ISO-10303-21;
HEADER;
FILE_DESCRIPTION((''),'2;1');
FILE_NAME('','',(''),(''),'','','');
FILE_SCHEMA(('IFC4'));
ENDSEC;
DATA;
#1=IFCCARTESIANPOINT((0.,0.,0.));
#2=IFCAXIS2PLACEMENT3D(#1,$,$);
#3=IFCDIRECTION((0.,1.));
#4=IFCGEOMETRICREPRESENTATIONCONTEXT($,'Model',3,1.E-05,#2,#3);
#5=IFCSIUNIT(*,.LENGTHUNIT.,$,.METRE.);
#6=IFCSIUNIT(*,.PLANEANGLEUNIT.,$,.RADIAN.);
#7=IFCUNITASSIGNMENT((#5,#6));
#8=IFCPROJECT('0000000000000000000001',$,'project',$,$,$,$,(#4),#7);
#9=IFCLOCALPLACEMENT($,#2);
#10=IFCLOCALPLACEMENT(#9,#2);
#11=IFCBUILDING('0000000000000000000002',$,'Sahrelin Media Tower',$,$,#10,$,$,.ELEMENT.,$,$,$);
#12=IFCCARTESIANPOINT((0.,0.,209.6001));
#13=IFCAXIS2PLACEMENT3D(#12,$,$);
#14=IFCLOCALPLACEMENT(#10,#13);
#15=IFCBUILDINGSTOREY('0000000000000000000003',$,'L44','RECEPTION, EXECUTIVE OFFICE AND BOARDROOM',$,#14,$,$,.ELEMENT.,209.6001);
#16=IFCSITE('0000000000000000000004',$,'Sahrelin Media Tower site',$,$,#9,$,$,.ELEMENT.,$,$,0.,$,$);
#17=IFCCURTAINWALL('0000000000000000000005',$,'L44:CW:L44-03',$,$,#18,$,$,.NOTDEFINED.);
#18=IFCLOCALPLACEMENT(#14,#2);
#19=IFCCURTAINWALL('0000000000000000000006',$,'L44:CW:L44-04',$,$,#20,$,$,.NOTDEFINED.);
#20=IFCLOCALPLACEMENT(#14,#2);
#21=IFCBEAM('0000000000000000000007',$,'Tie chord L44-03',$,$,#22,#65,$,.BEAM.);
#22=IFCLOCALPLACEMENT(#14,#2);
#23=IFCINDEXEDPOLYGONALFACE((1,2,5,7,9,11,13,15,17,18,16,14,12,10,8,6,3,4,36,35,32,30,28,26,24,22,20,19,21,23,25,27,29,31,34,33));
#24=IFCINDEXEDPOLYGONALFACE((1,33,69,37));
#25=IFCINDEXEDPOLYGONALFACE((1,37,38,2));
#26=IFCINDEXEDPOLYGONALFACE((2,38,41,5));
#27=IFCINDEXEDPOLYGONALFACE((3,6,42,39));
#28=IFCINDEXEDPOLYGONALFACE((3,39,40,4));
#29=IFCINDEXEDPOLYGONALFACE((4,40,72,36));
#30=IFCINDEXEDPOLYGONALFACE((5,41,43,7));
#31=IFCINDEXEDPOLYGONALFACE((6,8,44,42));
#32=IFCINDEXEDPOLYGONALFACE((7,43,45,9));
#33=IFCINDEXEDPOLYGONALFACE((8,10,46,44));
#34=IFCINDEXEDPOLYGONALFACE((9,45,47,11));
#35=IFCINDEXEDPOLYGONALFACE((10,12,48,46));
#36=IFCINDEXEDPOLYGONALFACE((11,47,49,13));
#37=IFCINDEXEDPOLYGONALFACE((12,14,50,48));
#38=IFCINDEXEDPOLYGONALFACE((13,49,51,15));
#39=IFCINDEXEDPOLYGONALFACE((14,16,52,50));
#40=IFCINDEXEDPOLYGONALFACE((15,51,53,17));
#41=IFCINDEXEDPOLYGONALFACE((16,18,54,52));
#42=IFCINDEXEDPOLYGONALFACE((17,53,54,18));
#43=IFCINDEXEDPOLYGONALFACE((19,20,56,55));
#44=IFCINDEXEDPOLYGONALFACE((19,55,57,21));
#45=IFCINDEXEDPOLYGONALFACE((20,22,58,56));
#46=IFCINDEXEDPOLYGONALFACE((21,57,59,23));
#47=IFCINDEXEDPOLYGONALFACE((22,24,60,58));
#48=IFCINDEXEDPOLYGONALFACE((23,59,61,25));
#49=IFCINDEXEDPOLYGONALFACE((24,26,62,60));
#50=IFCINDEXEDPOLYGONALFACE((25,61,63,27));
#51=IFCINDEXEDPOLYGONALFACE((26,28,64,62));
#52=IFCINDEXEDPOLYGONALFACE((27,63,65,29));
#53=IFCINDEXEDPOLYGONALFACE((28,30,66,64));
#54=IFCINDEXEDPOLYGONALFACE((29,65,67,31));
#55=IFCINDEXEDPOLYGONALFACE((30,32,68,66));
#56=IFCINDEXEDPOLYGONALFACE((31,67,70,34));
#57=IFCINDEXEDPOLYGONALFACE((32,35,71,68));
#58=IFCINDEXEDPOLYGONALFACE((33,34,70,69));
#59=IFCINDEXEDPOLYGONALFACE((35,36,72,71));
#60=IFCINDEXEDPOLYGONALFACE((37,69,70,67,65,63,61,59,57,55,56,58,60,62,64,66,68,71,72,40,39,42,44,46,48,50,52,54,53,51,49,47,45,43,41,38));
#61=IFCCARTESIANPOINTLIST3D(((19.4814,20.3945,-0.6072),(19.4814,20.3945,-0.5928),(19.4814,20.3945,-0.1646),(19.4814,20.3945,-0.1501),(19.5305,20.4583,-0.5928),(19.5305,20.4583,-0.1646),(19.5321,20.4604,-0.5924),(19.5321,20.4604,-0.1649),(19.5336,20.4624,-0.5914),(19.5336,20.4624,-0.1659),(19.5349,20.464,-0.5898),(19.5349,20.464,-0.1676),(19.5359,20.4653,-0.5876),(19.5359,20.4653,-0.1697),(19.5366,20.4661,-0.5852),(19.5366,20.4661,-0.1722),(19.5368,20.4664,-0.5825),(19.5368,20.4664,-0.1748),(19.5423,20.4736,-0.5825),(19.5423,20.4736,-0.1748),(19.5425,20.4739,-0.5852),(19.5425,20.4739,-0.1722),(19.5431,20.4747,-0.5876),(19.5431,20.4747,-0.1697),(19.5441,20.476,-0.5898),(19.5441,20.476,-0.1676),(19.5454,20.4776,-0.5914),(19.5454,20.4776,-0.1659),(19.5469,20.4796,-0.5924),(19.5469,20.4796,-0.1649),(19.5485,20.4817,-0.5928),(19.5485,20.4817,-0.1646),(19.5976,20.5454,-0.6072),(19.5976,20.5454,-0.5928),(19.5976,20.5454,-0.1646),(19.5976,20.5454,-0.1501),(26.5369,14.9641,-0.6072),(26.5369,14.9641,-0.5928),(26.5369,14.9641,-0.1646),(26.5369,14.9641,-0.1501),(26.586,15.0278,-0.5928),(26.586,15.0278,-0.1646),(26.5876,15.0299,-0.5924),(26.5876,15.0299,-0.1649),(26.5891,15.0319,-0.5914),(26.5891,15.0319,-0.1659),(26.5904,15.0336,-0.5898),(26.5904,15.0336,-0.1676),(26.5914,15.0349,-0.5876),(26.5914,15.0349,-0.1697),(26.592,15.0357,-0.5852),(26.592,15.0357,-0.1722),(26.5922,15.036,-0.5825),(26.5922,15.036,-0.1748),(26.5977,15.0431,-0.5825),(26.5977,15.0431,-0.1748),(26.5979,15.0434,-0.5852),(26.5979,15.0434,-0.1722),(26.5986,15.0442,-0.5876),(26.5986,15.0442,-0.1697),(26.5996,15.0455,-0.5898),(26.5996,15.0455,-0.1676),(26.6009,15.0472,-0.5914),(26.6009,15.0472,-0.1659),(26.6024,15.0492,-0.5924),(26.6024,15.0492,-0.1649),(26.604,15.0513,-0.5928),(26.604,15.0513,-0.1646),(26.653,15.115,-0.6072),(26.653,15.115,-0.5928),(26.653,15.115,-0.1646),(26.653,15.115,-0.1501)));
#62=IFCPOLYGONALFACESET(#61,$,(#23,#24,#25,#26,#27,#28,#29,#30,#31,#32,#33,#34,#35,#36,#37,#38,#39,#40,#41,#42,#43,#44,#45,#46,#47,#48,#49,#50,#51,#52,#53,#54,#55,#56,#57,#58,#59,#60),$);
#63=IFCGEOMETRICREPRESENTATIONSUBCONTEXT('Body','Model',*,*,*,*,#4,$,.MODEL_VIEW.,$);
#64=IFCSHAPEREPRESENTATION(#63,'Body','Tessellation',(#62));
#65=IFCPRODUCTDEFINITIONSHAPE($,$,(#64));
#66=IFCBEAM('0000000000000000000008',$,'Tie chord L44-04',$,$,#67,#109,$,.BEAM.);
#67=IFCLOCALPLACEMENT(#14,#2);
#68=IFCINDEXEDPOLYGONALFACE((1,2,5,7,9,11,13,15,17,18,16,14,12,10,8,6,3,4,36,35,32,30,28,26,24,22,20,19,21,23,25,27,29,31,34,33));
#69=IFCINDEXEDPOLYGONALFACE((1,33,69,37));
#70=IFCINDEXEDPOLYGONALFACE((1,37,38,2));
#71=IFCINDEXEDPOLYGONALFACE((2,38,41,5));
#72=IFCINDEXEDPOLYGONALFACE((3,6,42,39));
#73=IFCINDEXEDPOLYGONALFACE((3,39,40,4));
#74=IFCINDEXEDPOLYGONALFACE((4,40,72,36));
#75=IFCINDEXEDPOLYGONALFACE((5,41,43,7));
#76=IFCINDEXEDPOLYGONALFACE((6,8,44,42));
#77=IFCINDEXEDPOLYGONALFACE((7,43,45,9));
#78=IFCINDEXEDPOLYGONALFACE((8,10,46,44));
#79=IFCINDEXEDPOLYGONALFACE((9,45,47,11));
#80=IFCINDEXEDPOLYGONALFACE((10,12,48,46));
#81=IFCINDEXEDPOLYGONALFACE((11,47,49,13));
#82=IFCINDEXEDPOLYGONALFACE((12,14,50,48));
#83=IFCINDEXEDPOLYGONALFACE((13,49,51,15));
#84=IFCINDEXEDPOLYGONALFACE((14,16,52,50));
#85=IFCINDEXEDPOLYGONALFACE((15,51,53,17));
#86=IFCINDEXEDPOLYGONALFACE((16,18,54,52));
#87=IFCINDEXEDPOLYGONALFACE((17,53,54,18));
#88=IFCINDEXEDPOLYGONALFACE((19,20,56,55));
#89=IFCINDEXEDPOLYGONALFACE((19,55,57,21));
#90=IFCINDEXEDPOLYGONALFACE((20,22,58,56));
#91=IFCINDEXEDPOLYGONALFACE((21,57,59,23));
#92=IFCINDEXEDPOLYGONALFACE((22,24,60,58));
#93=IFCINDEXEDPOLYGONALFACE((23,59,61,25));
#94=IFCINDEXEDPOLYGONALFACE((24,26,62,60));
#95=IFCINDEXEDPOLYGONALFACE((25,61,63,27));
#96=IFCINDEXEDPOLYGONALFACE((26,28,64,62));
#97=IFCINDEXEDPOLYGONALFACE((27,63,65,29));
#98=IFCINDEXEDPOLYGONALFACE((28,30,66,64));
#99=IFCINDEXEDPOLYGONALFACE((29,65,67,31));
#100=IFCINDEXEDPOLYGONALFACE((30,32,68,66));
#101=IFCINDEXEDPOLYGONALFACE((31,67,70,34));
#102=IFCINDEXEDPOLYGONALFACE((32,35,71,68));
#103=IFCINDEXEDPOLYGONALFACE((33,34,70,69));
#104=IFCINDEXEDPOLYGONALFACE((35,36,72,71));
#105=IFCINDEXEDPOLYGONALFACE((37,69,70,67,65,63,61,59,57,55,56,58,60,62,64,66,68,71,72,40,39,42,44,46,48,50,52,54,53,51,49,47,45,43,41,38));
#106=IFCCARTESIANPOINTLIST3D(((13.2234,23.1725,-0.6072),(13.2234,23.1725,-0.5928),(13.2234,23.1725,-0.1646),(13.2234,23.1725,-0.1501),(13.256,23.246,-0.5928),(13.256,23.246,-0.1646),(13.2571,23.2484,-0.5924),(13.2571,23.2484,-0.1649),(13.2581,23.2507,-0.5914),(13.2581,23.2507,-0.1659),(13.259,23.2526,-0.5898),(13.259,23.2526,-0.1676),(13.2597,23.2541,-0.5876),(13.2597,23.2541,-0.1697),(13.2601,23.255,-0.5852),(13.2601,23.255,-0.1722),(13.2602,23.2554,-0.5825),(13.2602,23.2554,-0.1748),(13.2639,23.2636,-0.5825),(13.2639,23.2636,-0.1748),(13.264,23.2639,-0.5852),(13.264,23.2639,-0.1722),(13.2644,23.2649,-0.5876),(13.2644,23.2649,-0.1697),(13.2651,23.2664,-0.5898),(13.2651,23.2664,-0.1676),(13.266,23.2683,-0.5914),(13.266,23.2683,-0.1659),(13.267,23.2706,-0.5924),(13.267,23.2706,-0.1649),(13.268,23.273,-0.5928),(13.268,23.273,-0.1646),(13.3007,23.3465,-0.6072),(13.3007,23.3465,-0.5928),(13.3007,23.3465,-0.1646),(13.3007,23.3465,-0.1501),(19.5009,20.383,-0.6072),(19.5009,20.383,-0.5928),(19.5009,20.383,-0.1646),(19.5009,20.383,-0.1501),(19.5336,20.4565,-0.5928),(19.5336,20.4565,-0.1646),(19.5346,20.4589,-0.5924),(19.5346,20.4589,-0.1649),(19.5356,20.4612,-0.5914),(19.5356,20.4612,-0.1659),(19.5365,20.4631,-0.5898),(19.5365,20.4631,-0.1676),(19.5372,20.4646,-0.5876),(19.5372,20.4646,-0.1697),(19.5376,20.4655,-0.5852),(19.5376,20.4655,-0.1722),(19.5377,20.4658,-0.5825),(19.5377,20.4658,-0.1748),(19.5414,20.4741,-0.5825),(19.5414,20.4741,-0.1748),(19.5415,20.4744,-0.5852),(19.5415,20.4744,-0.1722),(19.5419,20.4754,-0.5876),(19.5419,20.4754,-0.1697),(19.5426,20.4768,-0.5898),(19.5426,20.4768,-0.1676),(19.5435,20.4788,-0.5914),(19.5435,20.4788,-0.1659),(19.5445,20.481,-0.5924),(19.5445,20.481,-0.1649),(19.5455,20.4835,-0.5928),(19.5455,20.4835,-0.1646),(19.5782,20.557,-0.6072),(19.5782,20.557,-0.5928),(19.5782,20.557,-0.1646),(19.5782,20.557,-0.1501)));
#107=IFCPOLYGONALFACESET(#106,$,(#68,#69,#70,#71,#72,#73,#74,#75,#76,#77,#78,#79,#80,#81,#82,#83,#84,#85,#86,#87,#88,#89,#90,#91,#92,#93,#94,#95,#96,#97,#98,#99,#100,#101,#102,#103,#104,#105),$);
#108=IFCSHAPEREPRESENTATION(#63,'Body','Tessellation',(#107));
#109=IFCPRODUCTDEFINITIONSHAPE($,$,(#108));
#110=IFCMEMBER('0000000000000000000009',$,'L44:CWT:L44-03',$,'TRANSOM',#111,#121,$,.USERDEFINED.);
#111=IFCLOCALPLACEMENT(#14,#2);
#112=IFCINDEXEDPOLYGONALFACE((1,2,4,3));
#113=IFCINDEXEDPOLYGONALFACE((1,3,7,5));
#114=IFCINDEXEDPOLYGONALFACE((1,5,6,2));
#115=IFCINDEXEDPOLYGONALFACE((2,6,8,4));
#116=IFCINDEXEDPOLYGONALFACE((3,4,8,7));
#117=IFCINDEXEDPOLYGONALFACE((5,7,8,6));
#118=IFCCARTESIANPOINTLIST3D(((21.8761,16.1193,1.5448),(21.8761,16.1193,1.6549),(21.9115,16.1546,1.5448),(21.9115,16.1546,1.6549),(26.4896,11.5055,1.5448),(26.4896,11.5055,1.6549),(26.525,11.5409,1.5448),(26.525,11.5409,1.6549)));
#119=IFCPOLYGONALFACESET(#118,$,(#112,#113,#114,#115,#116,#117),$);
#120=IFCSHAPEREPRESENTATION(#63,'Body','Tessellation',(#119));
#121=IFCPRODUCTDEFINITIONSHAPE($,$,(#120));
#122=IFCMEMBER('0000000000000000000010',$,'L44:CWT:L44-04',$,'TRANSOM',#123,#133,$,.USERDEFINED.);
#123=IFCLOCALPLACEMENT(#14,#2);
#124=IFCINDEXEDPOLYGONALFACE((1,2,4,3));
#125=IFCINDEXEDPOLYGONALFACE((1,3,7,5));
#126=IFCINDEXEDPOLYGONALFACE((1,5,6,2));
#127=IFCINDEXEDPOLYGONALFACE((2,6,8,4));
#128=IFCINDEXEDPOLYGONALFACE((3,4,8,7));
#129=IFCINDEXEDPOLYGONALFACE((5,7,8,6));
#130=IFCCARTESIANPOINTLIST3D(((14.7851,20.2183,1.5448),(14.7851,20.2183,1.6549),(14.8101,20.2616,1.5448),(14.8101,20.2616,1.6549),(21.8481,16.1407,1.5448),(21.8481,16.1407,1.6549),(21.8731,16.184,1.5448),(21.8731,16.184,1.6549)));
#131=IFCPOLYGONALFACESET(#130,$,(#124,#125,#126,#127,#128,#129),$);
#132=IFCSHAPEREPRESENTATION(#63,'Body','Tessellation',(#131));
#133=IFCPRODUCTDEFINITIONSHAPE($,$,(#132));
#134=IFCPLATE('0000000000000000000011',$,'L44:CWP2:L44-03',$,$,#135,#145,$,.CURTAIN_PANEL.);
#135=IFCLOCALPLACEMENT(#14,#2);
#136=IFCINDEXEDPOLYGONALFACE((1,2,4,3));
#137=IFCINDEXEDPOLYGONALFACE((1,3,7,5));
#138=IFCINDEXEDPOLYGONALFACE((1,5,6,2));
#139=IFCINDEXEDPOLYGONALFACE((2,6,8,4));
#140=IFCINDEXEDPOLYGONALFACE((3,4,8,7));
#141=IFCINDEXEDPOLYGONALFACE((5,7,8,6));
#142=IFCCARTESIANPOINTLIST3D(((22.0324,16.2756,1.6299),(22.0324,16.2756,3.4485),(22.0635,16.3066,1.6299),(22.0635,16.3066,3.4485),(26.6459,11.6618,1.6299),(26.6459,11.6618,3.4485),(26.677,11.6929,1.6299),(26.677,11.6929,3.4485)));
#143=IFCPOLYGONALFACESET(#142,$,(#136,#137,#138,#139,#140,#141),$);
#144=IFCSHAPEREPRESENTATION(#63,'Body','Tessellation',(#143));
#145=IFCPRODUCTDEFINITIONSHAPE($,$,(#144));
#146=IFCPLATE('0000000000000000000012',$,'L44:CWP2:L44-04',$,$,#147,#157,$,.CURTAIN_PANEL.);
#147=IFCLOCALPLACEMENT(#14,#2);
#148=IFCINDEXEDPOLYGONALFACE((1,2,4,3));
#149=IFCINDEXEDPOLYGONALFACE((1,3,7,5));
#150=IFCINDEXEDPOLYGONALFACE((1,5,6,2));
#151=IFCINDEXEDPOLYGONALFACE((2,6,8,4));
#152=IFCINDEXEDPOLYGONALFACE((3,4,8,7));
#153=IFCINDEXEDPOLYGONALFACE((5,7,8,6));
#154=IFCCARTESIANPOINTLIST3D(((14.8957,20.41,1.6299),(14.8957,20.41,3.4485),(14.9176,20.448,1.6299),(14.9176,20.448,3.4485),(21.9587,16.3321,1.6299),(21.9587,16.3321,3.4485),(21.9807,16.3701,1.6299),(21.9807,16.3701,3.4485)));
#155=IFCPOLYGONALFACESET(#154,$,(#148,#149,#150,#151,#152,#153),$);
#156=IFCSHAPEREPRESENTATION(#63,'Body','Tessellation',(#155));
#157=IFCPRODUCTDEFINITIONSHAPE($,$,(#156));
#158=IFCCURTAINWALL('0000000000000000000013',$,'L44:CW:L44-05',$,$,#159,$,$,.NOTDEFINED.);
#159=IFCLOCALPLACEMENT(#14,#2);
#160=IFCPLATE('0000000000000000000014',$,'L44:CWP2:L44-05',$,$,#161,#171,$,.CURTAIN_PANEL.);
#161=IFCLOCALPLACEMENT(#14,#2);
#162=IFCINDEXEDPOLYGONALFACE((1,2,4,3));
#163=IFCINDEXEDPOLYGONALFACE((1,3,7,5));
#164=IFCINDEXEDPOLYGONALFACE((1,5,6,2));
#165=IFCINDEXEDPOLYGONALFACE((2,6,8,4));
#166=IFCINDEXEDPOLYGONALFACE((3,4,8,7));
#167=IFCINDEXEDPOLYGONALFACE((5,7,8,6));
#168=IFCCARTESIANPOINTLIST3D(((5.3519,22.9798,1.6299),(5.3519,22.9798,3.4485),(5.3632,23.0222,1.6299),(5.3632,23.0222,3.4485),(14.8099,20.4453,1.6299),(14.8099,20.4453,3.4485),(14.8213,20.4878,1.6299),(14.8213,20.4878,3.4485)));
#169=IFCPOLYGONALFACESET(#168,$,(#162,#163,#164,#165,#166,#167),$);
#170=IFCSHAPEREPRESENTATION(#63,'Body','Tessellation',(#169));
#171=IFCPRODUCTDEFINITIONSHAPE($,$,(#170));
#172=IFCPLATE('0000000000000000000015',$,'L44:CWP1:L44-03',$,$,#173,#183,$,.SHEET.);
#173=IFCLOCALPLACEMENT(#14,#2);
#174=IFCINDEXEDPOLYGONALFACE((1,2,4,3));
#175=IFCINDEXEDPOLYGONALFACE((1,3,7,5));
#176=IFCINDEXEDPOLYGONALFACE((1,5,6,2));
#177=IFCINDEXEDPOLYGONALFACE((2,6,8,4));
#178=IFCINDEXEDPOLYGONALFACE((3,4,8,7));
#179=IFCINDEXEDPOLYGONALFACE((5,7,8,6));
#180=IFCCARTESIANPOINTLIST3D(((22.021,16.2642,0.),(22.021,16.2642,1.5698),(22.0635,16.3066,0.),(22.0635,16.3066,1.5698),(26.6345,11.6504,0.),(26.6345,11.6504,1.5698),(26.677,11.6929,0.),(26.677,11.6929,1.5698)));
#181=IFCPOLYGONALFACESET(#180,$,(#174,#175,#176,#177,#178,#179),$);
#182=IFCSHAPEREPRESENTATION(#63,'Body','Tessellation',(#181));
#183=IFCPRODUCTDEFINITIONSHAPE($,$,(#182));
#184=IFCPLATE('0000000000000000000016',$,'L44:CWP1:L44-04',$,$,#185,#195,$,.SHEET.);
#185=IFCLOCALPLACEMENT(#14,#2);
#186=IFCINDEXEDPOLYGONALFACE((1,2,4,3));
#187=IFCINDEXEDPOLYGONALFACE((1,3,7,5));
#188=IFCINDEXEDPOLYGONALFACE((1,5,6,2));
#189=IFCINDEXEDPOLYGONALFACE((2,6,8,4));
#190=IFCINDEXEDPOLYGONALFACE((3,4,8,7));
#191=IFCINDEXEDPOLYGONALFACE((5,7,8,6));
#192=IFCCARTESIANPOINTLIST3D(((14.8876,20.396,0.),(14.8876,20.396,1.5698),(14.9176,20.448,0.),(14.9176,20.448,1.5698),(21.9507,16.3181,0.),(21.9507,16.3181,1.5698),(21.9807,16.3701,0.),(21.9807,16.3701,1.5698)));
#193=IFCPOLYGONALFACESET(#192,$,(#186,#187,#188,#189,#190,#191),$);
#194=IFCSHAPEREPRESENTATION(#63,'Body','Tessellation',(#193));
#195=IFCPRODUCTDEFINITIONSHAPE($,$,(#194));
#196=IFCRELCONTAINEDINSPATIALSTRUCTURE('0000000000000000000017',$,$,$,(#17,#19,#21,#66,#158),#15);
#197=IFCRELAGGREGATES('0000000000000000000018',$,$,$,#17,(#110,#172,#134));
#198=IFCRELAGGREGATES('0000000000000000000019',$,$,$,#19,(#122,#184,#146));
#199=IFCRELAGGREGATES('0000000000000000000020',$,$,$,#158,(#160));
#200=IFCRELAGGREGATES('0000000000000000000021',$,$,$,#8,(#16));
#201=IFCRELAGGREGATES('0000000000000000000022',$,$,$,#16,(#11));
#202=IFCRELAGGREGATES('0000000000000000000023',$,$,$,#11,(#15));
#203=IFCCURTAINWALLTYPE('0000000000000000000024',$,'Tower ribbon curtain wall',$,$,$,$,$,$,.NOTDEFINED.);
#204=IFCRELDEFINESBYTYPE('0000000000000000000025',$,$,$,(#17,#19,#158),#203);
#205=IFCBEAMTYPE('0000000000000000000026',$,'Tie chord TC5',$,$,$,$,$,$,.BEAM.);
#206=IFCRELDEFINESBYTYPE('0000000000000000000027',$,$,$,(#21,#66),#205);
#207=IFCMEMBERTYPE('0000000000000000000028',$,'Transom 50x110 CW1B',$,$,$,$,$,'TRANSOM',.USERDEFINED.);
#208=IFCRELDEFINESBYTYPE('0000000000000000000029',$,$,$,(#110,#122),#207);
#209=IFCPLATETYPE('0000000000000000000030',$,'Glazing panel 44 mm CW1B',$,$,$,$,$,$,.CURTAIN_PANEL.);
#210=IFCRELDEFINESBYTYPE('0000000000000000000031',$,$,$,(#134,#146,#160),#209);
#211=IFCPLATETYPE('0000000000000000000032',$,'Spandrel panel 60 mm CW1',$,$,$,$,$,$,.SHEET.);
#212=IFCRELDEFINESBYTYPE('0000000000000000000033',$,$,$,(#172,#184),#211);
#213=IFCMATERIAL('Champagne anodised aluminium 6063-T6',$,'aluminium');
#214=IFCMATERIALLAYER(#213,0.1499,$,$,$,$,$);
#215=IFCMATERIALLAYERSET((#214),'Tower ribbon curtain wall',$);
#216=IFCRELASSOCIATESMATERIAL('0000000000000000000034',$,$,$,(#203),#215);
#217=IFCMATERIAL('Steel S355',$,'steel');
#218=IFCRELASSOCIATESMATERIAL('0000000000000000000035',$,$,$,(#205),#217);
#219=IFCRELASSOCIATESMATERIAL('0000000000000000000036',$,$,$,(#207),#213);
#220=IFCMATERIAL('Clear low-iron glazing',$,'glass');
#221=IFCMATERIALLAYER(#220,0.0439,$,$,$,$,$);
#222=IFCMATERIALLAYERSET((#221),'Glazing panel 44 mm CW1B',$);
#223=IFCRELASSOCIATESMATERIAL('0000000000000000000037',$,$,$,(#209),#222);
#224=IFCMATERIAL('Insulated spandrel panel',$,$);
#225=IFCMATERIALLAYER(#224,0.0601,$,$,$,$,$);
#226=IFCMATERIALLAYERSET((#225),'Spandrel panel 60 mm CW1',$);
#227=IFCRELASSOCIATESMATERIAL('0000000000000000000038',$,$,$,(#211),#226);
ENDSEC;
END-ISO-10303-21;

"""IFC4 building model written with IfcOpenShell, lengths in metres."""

from ifc_helpers import new_model, si_unit, direction, frame, origin, origin_2d, place, context, subcontext, project, spatial, polyline, rectangle, i_section, outline, extrude, material, layer, layer_set, material_profile, profile_set, type_object, element, aggregate, save


model = new_model("IFC4")

# Units and contexts
model_context = context("Model", 3, precision=1e-05, world=origin(), true_north=direction((0.0, 1.0)))
body_context = subcontext(model_context, "Body", "Model", "MODEL_VIEW")
ifc_project = project(units=[si_unit("LENGTHUNIT", "METRE"), si_unit("PLANEANGLEUNIT", "RADIAN")], contexts=[model_context])

# Site, building, storey
site_placement = place(None, origin())
site = spatial("IfcSite", under=ifc_project, at=site_placement, Name="Sahrelin Media Tower site", CompositionType="ELEMENT", RefElevation=0.0)
building_placement = place(site_placement, origin())
building = spatial("IfcBuilding", under=site, at=building_placement, Name="Sahrelin Media Tower", CompositionType="ELEMENT")
storey_placement = place(building_placement, frame((0.0, 0.0, 209.6001)))
storey = spatial("IfcBuildingStorey", under=building, at=storey_placement, Name="L44", Description="RECEPTION, EXECUTIVE OFFICE AND BOARDROOM", CompositionType="ELEMENT", Elevation=209.6001)

# Shared definitions
ifc_material_1 = material(Name="Steel S355", Category="steel")

# Curtain walls
ifc_material_2 = material(Name="Champagne anodised aluminium 6063-T6", Category="aluminium")
ifc_layer_1 = layer(ifc_material_2, 0.1499)
ifc_layer_set_1 = layer_set([ifc_layer_1], Name="Tower ribbon curtain wall")
curtain_wall_type = type_object("IfcCurtainWallType", Name="Tower ribbon curtain wall", PredefinedType="NOTDEFINED", material=ifc_layer_set_1)
curtain_wall_1_placement = place(storey_placement, frame((24.3562, 13.9856, 0.0), z_axis=(0.0, 0.0, 1.0), x_axis=(1.0, 0.0, 0.0)))
curtain_wall_1 = element("IfcCurtainWall", 1, at=curtain_wall_1_placement, inside=storey, type_object=curtain_wall_type, Name="L44:CW:L44-03", PredefinedType="NOTDEFINED")
curtain_wall_2_placement = place(storey_placement, frame((18.4392, 18.3916, 0.0), z_axis=(0.0, 0.0, 1.0), x_axis=(1.0, 0.0, 0.0)))
curtain_wall_2 = element("IfcCurtainWall", 2, at=curtain_wall_2_placement, inside=storey, type_object=curtain_wall_type, Name="L44:CW:L44-04", PredefinedType="NOTDEFINED")

# Beams
ifc_material_profile_1 = material_profile(ifc_material_1, i_section(OverallWidth=0.1904, OverallDepth=0.457, WebThickness=0.009, FlangeThickness=0.0144, FilletRadius=0.0103, at=origin_2d()), Name="UB 457x191x74")
ifc_profile_set_1 = profile_set([ifc_material_profile_1], Name="Steel S355")
beam_type_1 = type_object("IfcBeamType", Name="Tie chord TC5", PredefinedType="BEAM", material=ifc_profile_set_1)
beam_1_placement = place(storey_placement, frame((26.595, 15.0396, -0.3787), z_axis=(-0.792452, 0.609935, 0.0), x_axis=(-0.609935, -0.792452, 0.0)))
element("IfcBeam", 3, at=beam_1_placement, inside=storey, type_object=beam_type_1, Name="Tie chord L44-03", PredefinedType="BEAM", context=body_context, shape_type="SweptSolid", body=[
    extrude(i_section(OverallWidth=0.1904, OverallDepth=0.457, WebThickness=0.009, FlangeThickness=0.0144, FilletRadius=0.0103, at=origin_2d()), origin(), (0.0, 0.0, 1.0), 8.9033),
])
beam_2_placement = place(storey_placement, frame((19.5396, 20.47, -0.3787), z_axis=(-0.913838, 0.406079, 0.0), x_axis=(-0.406079, -0.913838, 0.0)))
element("IfcBeam", 4, at=beam_2_placement, inside=storey, type_object=beam_type_1, Name="Tie chord L44-04", PredefinedType="BEAM", context=body_context, shape_type="SweptSolid", body=[
    extrude(i_section(OverallWidth=0.1904, OverallDepth=0.457, WebThickness=0.009, FlangeThickness=0.0144, FilletRadius=0.0103, at=origin_2d()), origin(), (0.0, 0.0, 1.0), 6.8694),
])

# Members
ifc_material_profile_2 = material_profile(ifc_material_2, rectangle(XDim=0.05, YDim=0.1101, at=origin_2d()), Name="Transom 50x110")
ifc_profile_set_2 = profile_set([ifc_material_profile_2], Name="Champagne anodised aluminium 6063-T6")
member_type_1 = type_object("IfcMemberType", Name="Transom 50x110 CW1B", ElementType="TRANSOM", PredefinedType="USERDEFINED", material=ifc_profile_set_2)
member_1_placement = place(storey_placement, frame((26.5073, 11.5232, 1.5999), z_axis=(-0.707088, 0.707125, 0.0), x_axis=(-0.707125, -0.707088, 0.0)))
member_1 = element("IfcMember", 5, at=member_1_placement, type_object=member_type_1, Name="L44:CWT:L44-03", ObjectType="TRANSOM", PredefinedType="USERDEFINED", context=body_context, shape_type="SweptSolid", body=[
    extrude(rectangle(XDim=0.05, YDim=0.1101, at=origin_2d()), origin(), (0.0, 0.0, 1.0), 6.5247),
])
member_2_placement = place(storey_placement, frame((21.8606, 16.1624, 1.5999), z_axis=(-0.866035, 0.499983, 0.0), x_axis=(-0.499983, -0.866035, 0.0)))
member_2 = element("IfcMember", 6, at=member_2_placement, type_object=member_type_1, Name="L44:CWT:L44-04", ObjectType="TRANSOM", PredefinedType="USERDEFINED", context=body_context, shape_type="SweptSolid", body=[
    extrude(rectangle(XDim=0.05, YDim=0.1101, at=origin_2d()), origin(), (0.0, 0.0, 1.0), 8.1555),
])

# Plates
ifc_material_3 = material(Name="Clear low-iron glazing", Category="glass")
ifc_layer_2 = layer(ifc_material_3, 0.0439)
ifc_layer_set_2 = layer_set([ifc_layer_2], Name="Glazing panel 44 mm CW1B")
plate_type_1 = type_object("IfcPlateType", Name="Glazing panel 44 mm CW1B", PredefinedType="CURTAIN_PANEL", material=ifc_layer_set_2)
plate_1_placement = place(storey_placement, frame((26.677, 11.6929, 1.6299), z_axis=(0.707125, 0.707088, 0.0), x_axis=(-0.707088, 0.707125, 0.0)))
plate_1 = element("IfcPlate", 7, at=plate_1_placement, type_object=plate_type_1, Name="L44:CWP2:L44-03", PredefinedType="CURTAIN_PANEL", context=body_context, shape_type="SweptSolid", body=[
    extrude(outline(polyline([(0.0, 0.0), (6.5247, 0.0), (6.5247, 1.8186), (0.0, 1.8186), (0.0, 0.0)])), origin(), (0.0, 0.0, -1.0), 0.0439),
])
plate_2_placement = place(storey_placement, frame((21.9807, 16.3701, 1.6299), z_axis=(0.500006, 0.866022, 0.0), x_axis=(-0.866022, 0.500006, 0.0)))
plate_2 = element("IfcPlate", 8, at=plate_2_placement, type_object=plate_type_1, Name="L44:CWP2:L44-04", PredefinedType="CURTAIN_PANEL", context=body_context, shape_type="SweptSolid", body=[
    extrude(outline(polyline([(0.0, 0.0), (8.1558, 0.0), (8.1558, 1.8186), (0.0, 1.8186), (0.0, 0.0)])), origin(), (0.0, 0.0, -1.0), 0.0439),
])

# Curtain wall, plate
curtain_wall_3_placement = place(storey_placement, frame((10.0872, 21.7356, 0.0), z_axis=(0.0, 0.0, 1.0), x_axis=(1.0, 0.0, 0.0)))
curtain_wall_3 = element("IfcCurtainWall", 9, at=curtain_wall_3_placement, inside=storey, type_object=curtain_wall_type, Name="L44:CW:L44-05", PredefinedType="NOTDEFINED")
plate_3_placement = place(storey_placement, frame((14.8213, 20.4878, 1.6299), z_axis=(0.258834, 0.965922, 0.0), x_axis=(-0.965922, 0.258834, 0.0)))
plate_3 = element("IfcPlate", 10, at=plate_3_placement, type_object=plate_type_1, Name="L44:CWP2:L44-05", PredefinedType="CURTAIN_PANEL", context=body_context, shape_type="SweptSolid", body=[
    extrude(outline(polyline([(0.0, 0.0), (9.7917, 0.0), (9.7917, 1.8186), (0.0, 1.8186), (0.0, 0.0)])), origin(), (0.0, 0.0, -1.0), 0.0439),
])

# Plates
ifc_material_4 = material(Name="Insulated spandrel panel")
ifc_layer_3 = layer(ifc_material_4, 0.0601)
ifc_layer_set_3 = layer_set([ifc_layer_3], Name="Spandrel panel 60 mm CW1")
plate_type_2 = type_object("IfcPlateType", Name="Spandrel panel 60 mm CW1", PredefinedType="SHEET", material=ifc_layer_set_3)
plate_4_placement = place(storey_placement, frame((26.677, 11.6929, 0.0), z_axis=(0.707125, 0.707088, 0.0), x_axis=(-0.707088, 0.707125, 0.0)))
plate_4 = element("IfcPlate", 11, at=plate_4_placement, type_object=plate_type_2, Name="L44:CWP1:L44-03", PredefinedType="SHEET", context=body_context, shape_type="SweptSolid", body=[
    extrude(outline(polyline([(0.0, 0.0), (6.5247, 0.0), (6.5247, 1.5698), (0.0, 1.5698), (0.0, 0.0)])), origin(), (0.0, 0.0, -1.0), 0.0601),
])
aggregate(curtain_wall_1, [member_1, plate_4, plate_1])
plate_5_placement = place(storey_placement, frame((21.9807, 16.3701, 0.0), z_axis=(0.500006, 0.866022, 0.0), x_axis=(-0.866022, 0.500006, 0.0)))
plate_5 = element("IfcPlate", 12, at=plate_5_placement, type_object=plate_type_2, Name="L44:CWP1:L44-04", PredefinedType="SHEET", context=body_context, shape_type="SweptSolid", body=[
    extrude(outline(polyline([(0.0, 0.0), (8.1558, 0.0), (8.1558, 1.5698), (0.0, 1.5698), (0.0, 0.0)])), origin(), (0.0, 0.0, -1.0), 0.0601),
])
aggregate(curtain_wall_2, [member_2, plate_5, plate_2])
aggregate(curtain_wall_3, [plate_3])

save(model, "model.ifc")
